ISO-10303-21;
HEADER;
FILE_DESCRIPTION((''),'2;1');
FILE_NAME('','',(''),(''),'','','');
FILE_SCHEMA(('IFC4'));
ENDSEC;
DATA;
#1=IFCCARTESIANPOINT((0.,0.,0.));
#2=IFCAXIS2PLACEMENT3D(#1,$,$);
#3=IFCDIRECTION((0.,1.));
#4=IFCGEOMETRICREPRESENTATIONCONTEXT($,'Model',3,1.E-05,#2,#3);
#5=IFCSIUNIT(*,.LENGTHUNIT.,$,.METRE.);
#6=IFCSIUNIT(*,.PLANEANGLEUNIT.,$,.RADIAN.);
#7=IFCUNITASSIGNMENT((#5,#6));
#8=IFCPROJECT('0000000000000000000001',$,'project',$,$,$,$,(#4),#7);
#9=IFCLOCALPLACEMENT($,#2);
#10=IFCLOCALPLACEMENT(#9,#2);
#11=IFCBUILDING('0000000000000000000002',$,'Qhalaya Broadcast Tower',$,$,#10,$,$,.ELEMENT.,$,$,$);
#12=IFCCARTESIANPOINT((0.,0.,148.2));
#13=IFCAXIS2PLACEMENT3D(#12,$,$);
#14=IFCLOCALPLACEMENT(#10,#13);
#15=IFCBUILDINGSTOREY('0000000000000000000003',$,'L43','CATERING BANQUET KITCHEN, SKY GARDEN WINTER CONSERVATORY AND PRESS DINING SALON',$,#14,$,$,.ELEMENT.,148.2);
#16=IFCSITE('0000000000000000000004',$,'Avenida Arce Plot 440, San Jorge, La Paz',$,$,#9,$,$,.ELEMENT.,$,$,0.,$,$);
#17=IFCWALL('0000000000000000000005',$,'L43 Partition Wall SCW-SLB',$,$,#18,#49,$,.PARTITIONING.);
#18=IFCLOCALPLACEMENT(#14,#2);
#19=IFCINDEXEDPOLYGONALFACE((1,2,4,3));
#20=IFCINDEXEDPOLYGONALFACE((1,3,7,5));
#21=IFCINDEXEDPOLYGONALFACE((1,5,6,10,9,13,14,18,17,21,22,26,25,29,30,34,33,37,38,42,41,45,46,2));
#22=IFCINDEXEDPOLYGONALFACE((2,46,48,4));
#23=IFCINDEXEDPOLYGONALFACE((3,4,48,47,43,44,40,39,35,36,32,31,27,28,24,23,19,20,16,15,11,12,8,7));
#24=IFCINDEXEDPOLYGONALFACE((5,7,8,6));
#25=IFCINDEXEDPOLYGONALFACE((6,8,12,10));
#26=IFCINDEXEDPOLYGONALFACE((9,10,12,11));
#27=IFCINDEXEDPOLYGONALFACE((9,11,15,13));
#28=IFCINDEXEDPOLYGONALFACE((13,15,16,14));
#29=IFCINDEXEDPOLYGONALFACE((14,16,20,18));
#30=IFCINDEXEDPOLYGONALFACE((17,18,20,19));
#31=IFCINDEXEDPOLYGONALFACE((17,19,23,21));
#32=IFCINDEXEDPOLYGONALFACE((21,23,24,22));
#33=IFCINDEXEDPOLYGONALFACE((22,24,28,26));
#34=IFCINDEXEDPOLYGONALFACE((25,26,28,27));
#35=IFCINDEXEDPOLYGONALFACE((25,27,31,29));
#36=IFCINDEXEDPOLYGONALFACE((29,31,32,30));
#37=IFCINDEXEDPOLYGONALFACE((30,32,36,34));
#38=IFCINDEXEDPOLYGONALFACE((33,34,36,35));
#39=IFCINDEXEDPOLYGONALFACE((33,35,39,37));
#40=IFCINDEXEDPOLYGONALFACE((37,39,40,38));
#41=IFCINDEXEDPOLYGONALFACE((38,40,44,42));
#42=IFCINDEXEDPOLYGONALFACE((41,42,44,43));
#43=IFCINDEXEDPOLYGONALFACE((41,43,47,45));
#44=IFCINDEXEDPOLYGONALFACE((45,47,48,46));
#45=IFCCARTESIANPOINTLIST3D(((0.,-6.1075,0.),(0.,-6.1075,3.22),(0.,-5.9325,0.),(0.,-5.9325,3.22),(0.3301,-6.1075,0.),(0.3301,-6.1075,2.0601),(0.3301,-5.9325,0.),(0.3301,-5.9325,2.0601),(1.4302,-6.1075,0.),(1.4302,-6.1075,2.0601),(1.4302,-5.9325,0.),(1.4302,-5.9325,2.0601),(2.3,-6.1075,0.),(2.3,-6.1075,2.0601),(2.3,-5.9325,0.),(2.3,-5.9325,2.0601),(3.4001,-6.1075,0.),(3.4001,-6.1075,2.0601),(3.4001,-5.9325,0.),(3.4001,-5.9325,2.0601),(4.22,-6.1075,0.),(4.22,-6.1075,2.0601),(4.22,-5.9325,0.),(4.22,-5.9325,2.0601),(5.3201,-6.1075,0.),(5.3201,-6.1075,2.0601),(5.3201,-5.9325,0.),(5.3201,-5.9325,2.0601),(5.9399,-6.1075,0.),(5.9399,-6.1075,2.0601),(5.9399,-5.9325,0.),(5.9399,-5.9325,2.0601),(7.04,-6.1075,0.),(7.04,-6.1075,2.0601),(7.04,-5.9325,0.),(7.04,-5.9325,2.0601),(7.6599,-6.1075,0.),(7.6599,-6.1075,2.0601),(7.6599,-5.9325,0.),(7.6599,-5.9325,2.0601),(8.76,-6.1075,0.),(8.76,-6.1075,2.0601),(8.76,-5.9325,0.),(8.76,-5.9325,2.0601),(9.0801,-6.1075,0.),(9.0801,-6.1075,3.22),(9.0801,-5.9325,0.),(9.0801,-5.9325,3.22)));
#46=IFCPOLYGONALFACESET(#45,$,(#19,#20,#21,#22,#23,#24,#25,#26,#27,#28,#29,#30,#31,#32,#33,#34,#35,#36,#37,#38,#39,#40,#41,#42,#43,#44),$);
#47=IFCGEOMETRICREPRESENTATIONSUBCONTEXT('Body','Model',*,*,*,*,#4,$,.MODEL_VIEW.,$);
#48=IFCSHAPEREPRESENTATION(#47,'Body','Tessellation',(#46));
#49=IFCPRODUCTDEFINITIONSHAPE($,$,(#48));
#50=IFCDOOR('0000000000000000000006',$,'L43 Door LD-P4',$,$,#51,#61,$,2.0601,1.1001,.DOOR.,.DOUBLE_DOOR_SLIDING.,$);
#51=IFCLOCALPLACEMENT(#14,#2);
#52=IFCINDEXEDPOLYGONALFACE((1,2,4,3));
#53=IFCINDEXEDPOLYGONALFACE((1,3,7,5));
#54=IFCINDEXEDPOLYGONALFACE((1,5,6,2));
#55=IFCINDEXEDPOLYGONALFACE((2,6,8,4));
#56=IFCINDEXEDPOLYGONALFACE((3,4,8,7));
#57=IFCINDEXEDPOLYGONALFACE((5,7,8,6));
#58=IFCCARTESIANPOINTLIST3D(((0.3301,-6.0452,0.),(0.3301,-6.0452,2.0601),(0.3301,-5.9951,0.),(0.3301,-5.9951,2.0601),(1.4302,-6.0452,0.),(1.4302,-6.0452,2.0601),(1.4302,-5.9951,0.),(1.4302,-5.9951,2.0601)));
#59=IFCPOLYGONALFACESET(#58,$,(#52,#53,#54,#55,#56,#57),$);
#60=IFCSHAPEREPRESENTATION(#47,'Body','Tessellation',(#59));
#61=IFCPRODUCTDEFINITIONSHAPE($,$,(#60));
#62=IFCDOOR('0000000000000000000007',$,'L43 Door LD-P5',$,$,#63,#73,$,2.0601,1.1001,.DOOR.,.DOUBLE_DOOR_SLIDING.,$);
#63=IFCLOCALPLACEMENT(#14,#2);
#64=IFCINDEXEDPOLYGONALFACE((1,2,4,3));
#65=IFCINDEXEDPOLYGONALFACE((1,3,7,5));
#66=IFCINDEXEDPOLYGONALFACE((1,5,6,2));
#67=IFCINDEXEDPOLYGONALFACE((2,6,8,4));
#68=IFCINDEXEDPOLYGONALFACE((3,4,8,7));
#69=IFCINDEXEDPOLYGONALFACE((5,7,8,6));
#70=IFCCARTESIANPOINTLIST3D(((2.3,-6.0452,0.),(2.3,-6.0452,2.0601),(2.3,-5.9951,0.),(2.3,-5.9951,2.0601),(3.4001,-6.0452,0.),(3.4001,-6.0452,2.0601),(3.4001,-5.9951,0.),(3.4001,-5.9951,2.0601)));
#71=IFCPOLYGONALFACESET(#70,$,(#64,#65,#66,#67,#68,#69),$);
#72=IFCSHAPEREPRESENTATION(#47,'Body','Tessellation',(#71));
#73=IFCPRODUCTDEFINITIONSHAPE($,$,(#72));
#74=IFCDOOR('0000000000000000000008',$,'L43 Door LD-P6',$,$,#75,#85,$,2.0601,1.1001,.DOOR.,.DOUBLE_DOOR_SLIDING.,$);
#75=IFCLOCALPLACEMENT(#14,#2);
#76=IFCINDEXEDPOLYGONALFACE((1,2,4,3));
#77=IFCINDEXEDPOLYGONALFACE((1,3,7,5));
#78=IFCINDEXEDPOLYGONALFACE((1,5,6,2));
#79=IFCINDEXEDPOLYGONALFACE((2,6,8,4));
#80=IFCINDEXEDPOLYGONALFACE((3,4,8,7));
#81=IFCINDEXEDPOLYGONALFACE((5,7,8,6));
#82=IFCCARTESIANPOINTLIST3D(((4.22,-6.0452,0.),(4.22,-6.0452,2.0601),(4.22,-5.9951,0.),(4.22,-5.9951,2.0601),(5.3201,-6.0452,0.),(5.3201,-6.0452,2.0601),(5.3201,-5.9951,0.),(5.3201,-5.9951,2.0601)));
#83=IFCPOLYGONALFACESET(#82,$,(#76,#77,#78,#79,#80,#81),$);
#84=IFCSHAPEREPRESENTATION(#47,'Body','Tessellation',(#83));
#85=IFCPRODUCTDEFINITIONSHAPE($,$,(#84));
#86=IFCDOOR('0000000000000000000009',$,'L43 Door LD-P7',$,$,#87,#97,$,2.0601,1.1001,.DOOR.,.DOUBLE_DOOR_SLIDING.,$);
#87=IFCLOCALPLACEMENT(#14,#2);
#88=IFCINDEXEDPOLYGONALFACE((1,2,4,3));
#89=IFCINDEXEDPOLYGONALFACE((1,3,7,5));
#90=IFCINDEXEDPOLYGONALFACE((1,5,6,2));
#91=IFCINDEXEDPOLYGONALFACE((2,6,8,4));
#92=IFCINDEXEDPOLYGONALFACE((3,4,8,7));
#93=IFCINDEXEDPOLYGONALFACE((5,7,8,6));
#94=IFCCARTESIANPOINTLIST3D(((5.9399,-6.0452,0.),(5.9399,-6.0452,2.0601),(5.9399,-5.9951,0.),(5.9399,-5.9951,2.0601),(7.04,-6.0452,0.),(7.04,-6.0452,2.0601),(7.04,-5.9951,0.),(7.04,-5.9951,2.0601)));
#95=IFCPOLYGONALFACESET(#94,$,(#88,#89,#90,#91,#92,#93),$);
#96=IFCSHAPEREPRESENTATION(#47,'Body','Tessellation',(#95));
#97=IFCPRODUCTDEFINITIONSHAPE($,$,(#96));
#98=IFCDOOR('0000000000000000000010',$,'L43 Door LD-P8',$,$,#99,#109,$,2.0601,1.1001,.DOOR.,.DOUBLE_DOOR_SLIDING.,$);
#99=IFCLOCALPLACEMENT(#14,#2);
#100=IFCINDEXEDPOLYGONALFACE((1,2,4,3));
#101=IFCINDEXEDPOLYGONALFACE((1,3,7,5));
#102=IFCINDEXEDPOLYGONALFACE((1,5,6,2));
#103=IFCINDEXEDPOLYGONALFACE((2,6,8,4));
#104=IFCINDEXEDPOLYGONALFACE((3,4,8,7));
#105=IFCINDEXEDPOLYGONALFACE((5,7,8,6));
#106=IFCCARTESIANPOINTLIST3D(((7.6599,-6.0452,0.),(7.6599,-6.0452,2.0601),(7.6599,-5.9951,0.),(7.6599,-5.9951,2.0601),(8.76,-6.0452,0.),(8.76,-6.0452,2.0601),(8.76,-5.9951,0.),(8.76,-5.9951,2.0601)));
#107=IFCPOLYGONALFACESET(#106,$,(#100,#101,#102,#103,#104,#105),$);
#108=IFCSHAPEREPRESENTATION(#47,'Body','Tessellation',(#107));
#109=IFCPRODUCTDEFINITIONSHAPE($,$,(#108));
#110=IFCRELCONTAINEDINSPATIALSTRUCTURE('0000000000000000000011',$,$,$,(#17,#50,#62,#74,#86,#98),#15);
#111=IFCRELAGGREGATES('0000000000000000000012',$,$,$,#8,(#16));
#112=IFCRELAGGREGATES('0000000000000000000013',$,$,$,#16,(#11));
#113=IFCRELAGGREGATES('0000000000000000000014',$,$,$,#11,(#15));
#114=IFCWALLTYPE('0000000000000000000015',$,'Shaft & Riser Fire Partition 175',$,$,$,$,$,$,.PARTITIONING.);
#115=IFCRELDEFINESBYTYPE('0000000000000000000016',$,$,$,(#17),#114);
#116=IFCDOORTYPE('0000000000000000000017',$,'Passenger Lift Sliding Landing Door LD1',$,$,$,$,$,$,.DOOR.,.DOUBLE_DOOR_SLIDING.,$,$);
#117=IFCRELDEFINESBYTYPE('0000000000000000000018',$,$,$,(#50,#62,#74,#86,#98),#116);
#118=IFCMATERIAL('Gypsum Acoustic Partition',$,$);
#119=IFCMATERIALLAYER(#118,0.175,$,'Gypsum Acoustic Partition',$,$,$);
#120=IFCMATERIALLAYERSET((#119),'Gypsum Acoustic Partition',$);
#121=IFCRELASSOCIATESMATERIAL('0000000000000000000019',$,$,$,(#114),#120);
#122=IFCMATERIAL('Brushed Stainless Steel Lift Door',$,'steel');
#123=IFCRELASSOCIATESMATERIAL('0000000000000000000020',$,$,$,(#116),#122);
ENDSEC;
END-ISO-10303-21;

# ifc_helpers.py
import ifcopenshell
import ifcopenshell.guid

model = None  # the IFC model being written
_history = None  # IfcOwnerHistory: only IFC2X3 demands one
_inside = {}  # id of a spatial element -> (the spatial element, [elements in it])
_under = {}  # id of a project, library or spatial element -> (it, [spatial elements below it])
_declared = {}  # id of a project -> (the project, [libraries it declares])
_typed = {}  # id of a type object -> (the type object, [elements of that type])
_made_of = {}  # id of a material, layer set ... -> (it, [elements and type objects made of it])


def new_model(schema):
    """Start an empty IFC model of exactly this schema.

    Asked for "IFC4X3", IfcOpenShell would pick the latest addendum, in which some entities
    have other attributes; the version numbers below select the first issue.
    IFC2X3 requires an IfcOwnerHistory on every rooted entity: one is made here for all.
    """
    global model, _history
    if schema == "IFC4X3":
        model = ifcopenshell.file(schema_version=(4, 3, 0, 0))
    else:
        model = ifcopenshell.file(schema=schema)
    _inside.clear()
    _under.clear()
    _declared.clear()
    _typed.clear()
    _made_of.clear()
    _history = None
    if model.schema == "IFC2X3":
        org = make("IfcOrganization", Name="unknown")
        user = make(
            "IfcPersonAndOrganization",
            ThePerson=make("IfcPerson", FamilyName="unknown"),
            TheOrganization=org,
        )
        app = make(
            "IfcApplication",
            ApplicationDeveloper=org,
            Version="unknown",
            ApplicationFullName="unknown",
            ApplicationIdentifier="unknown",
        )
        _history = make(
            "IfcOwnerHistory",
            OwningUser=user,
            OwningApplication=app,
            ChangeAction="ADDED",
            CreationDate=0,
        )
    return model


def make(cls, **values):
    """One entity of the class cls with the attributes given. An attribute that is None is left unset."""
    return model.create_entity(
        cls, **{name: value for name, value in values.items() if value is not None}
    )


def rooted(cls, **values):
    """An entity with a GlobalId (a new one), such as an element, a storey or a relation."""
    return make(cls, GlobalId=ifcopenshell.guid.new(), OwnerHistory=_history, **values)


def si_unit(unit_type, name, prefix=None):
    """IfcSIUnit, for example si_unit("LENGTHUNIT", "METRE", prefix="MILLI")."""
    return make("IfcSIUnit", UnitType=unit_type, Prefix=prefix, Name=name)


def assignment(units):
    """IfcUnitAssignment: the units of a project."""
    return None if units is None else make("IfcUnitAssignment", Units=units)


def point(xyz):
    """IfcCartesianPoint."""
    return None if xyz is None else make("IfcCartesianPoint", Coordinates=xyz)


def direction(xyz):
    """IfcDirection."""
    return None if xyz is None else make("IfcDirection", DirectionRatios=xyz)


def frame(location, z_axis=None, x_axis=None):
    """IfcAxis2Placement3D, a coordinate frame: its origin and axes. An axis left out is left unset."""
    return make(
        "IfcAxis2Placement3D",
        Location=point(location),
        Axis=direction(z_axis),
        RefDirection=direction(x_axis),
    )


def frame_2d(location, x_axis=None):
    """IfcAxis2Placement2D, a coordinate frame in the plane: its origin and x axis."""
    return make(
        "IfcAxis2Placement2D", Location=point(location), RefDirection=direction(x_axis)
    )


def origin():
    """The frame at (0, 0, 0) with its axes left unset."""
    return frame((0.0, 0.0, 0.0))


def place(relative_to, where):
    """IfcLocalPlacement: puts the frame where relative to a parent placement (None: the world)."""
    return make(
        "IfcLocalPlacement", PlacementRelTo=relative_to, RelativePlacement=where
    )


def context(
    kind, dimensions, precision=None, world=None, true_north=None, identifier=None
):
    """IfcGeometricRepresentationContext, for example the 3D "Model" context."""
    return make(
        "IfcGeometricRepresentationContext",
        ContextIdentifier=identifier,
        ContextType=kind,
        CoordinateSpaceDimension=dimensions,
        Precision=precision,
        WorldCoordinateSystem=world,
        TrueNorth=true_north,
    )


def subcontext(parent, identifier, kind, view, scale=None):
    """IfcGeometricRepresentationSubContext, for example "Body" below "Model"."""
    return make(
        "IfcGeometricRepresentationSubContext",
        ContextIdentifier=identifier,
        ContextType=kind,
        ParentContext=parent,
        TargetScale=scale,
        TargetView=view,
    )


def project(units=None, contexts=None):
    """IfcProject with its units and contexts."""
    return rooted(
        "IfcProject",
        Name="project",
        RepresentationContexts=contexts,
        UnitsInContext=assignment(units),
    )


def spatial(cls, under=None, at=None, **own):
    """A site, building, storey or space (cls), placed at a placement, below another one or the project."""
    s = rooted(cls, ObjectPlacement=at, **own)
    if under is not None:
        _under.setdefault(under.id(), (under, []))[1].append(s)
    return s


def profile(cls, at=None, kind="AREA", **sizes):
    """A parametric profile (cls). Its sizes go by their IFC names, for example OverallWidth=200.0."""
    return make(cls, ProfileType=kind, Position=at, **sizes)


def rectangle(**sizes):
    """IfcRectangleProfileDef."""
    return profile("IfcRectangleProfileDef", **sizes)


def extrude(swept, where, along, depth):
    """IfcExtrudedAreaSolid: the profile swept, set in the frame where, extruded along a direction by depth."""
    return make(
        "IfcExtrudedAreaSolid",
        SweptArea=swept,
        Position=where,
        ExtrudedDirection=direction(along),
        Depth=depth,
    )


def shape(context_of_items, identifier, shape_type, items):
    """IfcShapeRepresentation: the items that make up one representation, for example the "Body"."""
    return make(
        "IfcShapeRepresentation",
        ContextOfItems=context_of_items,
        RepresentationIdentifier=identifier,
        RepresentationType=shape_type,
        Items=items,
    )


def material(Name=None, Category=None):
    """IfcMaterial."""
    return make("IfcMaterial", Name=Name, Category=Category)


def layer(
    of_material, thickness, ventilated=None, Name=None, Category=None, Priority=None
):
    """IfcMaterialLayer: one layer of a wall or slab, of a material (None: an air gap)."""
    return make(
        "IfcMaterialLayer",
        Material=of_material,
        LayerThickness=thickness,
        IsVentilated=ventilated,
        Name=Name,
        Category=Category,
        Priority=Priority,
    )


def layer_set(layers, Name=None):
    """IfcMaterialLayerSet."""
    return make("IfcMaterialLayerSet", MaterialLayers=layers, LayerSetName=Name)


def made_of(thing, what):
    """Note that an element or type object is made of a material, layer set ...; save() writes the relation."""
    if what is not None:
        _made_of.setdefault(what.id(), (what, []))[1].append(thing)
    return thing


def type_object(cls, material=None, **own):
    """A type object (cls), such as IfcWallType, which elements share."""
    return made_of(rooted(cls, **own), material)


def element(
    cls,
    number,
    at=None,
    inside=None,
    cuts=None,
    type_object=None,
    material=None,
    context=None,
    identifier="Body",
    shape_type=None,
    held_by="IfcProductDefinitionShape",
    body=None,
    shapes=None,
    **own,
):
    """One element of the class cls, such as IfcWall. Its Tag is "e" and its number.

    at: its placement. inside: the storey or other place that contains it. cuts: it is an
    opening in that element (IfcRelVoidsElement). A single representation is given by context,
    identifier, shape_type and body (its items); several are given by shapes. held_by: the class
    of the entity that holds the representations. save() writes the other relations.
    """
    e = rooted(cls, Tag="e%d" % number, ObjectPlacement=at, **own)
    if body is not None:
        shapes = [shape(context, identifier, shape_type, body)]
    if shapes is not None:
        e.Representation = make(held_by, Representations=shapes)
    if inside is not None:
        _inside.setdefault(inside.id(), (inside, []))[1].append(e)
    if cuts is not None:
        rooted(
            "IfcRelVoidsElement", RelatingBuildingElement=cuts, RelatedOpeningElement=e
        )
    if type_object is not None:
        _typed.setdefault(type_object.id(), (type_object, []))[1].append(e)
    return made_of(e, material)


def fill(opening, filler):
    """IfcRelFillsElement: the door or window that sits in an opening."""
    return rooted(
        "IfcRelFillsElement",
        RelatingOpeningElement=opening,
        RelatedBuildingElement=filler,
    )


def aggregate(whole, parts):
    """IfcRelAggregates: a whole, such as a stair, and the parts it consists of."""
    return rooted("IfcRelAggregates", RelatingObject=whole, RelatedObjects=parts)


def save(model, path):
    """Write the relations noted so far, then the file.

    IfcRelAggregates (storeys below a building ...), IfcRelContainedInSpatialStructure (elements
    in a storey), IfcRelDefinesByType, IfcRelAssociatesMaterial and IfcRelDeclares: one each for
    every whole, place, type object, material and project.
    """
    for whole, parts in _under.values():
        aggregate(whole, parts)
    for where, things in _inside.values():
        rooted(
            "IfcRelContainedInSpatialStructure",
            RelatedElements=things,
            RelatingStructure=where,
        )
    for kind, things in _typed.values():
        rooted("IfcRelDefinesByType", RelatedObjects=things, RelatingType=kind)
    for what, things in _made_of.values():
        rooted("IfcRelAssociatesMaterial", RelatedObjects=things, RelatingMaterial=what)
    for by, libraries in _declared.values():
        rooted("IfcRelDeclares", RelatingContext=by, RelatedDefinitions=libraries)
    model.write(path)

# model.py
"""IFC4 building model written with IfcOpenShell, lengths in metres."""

from ifc_helpers import new_model, si_unit, direction, frame, frame_2d, origin, place, context, subcontext, project, spatial, rectangle, extrude, material, layer, layer_set, type_object, element, fill, save


model = new_model("IFC4")

# Units and contexts
model_context = context("Model", 3, precision=1e-05, world=origin(), true_north=direction((0.0, 1.0)))
body_context = subcontext(model_context, "Body", "Model", "MODEL_VIEW")
ifc_project = project(units=[si_unit("LENGTHUNIT", "METRE"), si_unit("PLANEANGLEUNIT", "RADIAN")], contexts=[model_context])

# Site, building, storey
site_placement = place(None, origin())
site = spatial("IfcSite", under=ifc_project, at=site_placement, Name="Avenida Arce Plot 440, San Jorge, La Paz", CompositionType="ELEMENT", RefElevation=0.0)
building_placement = place(site_placement, origin())
building = spatial("IfcBuilding", under=site, at=building_placement, Name="Qhalaya Broadcast Tower", CompositionType="ELEMENT")
storey_placement = place(building_placement, frame((0.0, 0.0, 148.2)))
storey = spatial("IfcBuildingStorey", under=building, at=storey_placement, Name="L43", Description="CATERING BANQUET KITCHEN, SKY GARDEN WINTER CONSERVATORY AND PRESS DINING SALON", CompositionType="ELEMENT", Elevation=148.2)

# Shared definitions
ifc_material_1 = material(Name="Gypsum Acoustic Partition")

# Wall, openings, doors
ifc_layer_1 = layer(ifc_material_1, 0.175, Name="Gypsum Acoustic Partition")
ifc_layer_set_1 = layer_set([ifc_layer_1], Name="Gypsum Acoustic Partition")
wall_type_1 = type_object("IfcWallType", Name="Shaft & Riser Fire Partition 175", PredefinedType="PARTITIONING", material=ifc_layer_set_1)
wall_1_placement = place(storey_placement, frame((0.0, -6.02, 0.0), z_axis=(0.0, 0.0, 1.0), x_axis=(1.0, 0.0, 0.0)))
wall_1 = element("IfcWall", 1, at=wall_1_placement, inside=storey, type_object=wall_type_1, Name="L43 Partition Wall SCW-SLB", PredefinedType="PARTITIONING", context=body_context, shape_type="SweptSolid", body=[
    extrude(rectangle(XDim=9.0801, YDim=0.175, at=frame_2d((4.54, 0.0))), origin(), (0.0, 0.0, 1.0), 3.22),
])
opening_1_placement = place(wall_1_placement, frame((0.3301, 0.0, 0.0)))
opening_1 = element("IfcOpeningElement", 2, at=opening_1_placement, cuts=wall_1, PredefinedType="OPENING", context=body_context, shape_type="SweptSolid", body=[
    extrude(rectangle(XDim=1.1001, YDim=2.0601, at=frame_2d((0.55, 1.03))), frame((0.0, 0.0996, 0.0), z_axis=(0.0, -1.0, 0.0), x_axis=(1.0, 0.0, 0.0)), (0.0, 0.0, 1.0), 0.199),
])
opening_2_placement = place(wall_1_placement, frame((2.3, 0.0, 0.0)))
opening_2 = element("IfcOpeningElement", 3, at=opening_2_placement, cuts=wall_1, PredefinedType="OPENING", context=body_context, shape_type="SweptSolid", body=[
    extrude(rectangle(XDim=1.1001, YDim=2.0601, at=frame_2d((0.55, 1.03))), frame((0.0, 0.0996, 0.0), z_axis=(0.0, -1.0, 0.0), x_axis=(1.0, 0.0, 0.0)), (0.0, 0.0, 1.0), 0.199),
])
opening_3_placement = place(wall_1_placement, frame((4.22, 0.0, 0.0)))
opening_3 = element("IfcOpeningElement", 4, at=opening_3_placement, cuts=wall_1, PredefinedType="OPENING", context=body_context, shape_type="SweptSolid", body=[
    extrude(rectangle(XDim=1.1001, YDim=2.0601, at=frame_2d((0.55, 1.03))), frame((0.0, 0.0996, 0.0), z_axis=(0.0, -1.0, 0.0), x_axis=(1.0, 0.0, 0.0)), (0.0, 0.0, 1.0), 0.199),
])
opening_4_placement = place(wall_1_placement, frame((5.9399, 0.0, 0.0)))
opening_4 = element("IfcOpeningElement", 5, at=opening_4_placement, cuts=wall_1, PredefinedType="OPENING", context=body_context, shape_type="SweptSolid", body=[
    extrude(rectangle(XDim=1.1001, YDim=2.0601, at=frame_2d((0.55, 1.03))), frame((0.0, 0.0996, 0.0), z_axis=(0.0, -1.0, 0.0), x_axis=(1.0, 0.0, 0.0)), (0.0, 0.0, 1.0), 0.199),
])
opening_5_placement = place(wall_1_placement, frame((7.6599, 0.0, 0.0)))
opening_5 = element("IfcOpeningElement", 6, at=opening_5_placement, cuts=wall_1, PredefinedType="OPENING", context=body_context, shape_type="SweptSolid", body=[
    extrude(rectangle(XDim=1.1001, YDim=2.0601, at=frame_2d((0.55, 1.03))), frame((0.0, 0.0996, 0.0), z_axis=(0.0, -1.0, 0.0), x_axis=(1.0, 0.0, 0.0)), (0.0, 0.0, 1.0), 0.199),
])
ifc_material_2 = material(Name="Brushed Stainless Steel Lift Door", Category="steel")
door_type = type_object("IfcDoorType", Name="Passenger Lift Sliding Landing Door LD1", OperationType="DOUBLE_DOOR_SLIDING", PredefinedType="DOOR", material=ifc_material_2)
door_1_placement = place(opening_1_placement, origin())
door_1 = element("IfcDoor", 7, at=door_1_placement, inside=storey, type_object=door_type, Name="L43 Door LD-P4", OperationType="DOUBLE_DOOR_SLIDING", OverallHeight=2.0601, OverallWidth=1.1001, PredefinedType="DOOR", context=body_context, shape_type="SweptSolid", body=[
    extrude(rectangle(XDim=1.1001, YDim=2.0601, at=frame_2d((0.55, 1.03))), frame((0.0, 0.0249, 0.0), z_axis=(0.0, -1.0, 0.0), x_axis=(1.0, 0.0, 0.0)), (0.0, 0.0, 1.0), 0.05),
])
fill(opening_1, door_1)
door_2_placement = place(opening_2_placement, origin())
door_2 = element("IfcDoor", 8, at=door_2_placement, inside=storey, type_object=door_type, Name="L43 Door LD-P5", OperationType="DOUBLE_DOOR_SLIDING", OverallHeight=2.0601, OverallWidth=1.1001, PredefinedType="DOOR", context=body_context, shape_type="SweptSolid", body=[
    extrude(rectangle(XDim=1.1001, YDim=2.0601, at=frame_2d((0.55, 1.03))), frame((0.0, 0.0249, 0.0), z_axis=(0.0, -1.0, 0.0), x_axis=(1.0, 0.0, 0.0)), (0.0, 0.0, 1.0), 0.05),
])
fill(opening_2, door_2)
door_3_placement = place(opening_3_placement, origin())
door_3 = element("IfcDoor", 9, at=door_3_placement, inside=storey, type_object=door_type, Name="L43 Door LD-P6", OperationType="DOUBLE_DOOR_SLIDING", OverallHeight=2.0601, OverallWidth=1.1001, PredefinedType="DOOR", context=body_context, shape_type="SweptSolid", body=[
    extrude(rectangle(XDim=1.1001, YDim=2.0601, at=frame_2d((0.55, 1.03))), frame((0.0, 0.0249, 0.0), z_axis=(0.0, -1.0, 0.0), x_axis=(1.0, 0.0, 0.0)), (0.0, 0.0, 1.0), 0.05),
])
fill(opening_3, door_3)
door_4_placement = place(opening_4_placement, origin())
door_4 = element("IfcDoor", 10, at=door_4_placement, inside=storey, type_object=door_type, Name="L43 Door LD-P7", OperationType="DOUBLE_DOOR_SLIDING", OverallHeight=2.0601, OverallWidth=1.1001, PredefinedType="DOOR", context=body_context, shape_type="SweptSolid", body=[
    extrude(rectangle(XDim=1.1001, YDim=2.0601, at=frame_2d((0.55, 1.03))), frame((0.0, 0.0249, 0.0), z_axis=(0.0, -1.0, 0.0), x_axis=(1.0, 0.0, 0.0)), (0.0, 0.0, 1.0), 0.05),
])
fill(opening_4, door_4)
door_5_placement = place(opening_5_placement, origin())
door_5 = element("IfcDoor", 11, at=door_5_placement, inside=storey, type_object=door_type, Name="L43 Door LD-P8", OperationType="DOUBLE_DOOR_SLIDING", OverallHeight=2.0601, OverallWidth=1.1001, PredefinedType="DOOR", context=body_context, shape_type="SweptSolid", body=[
    extrude(rectangle(XDim=1.1001, YDim=2.0601, at=frame_2d((0.55, 1.03))), frame((0.0, 0.0249, 0.0), z_axis=(0.0, -1.0, 0.0), x_axis=(1.0, 0.0, 0.0)), (0.0, 0.0, 1.0), 0.05),
])
fill(opening_5, door_5)

save(model, "model.ifc")
